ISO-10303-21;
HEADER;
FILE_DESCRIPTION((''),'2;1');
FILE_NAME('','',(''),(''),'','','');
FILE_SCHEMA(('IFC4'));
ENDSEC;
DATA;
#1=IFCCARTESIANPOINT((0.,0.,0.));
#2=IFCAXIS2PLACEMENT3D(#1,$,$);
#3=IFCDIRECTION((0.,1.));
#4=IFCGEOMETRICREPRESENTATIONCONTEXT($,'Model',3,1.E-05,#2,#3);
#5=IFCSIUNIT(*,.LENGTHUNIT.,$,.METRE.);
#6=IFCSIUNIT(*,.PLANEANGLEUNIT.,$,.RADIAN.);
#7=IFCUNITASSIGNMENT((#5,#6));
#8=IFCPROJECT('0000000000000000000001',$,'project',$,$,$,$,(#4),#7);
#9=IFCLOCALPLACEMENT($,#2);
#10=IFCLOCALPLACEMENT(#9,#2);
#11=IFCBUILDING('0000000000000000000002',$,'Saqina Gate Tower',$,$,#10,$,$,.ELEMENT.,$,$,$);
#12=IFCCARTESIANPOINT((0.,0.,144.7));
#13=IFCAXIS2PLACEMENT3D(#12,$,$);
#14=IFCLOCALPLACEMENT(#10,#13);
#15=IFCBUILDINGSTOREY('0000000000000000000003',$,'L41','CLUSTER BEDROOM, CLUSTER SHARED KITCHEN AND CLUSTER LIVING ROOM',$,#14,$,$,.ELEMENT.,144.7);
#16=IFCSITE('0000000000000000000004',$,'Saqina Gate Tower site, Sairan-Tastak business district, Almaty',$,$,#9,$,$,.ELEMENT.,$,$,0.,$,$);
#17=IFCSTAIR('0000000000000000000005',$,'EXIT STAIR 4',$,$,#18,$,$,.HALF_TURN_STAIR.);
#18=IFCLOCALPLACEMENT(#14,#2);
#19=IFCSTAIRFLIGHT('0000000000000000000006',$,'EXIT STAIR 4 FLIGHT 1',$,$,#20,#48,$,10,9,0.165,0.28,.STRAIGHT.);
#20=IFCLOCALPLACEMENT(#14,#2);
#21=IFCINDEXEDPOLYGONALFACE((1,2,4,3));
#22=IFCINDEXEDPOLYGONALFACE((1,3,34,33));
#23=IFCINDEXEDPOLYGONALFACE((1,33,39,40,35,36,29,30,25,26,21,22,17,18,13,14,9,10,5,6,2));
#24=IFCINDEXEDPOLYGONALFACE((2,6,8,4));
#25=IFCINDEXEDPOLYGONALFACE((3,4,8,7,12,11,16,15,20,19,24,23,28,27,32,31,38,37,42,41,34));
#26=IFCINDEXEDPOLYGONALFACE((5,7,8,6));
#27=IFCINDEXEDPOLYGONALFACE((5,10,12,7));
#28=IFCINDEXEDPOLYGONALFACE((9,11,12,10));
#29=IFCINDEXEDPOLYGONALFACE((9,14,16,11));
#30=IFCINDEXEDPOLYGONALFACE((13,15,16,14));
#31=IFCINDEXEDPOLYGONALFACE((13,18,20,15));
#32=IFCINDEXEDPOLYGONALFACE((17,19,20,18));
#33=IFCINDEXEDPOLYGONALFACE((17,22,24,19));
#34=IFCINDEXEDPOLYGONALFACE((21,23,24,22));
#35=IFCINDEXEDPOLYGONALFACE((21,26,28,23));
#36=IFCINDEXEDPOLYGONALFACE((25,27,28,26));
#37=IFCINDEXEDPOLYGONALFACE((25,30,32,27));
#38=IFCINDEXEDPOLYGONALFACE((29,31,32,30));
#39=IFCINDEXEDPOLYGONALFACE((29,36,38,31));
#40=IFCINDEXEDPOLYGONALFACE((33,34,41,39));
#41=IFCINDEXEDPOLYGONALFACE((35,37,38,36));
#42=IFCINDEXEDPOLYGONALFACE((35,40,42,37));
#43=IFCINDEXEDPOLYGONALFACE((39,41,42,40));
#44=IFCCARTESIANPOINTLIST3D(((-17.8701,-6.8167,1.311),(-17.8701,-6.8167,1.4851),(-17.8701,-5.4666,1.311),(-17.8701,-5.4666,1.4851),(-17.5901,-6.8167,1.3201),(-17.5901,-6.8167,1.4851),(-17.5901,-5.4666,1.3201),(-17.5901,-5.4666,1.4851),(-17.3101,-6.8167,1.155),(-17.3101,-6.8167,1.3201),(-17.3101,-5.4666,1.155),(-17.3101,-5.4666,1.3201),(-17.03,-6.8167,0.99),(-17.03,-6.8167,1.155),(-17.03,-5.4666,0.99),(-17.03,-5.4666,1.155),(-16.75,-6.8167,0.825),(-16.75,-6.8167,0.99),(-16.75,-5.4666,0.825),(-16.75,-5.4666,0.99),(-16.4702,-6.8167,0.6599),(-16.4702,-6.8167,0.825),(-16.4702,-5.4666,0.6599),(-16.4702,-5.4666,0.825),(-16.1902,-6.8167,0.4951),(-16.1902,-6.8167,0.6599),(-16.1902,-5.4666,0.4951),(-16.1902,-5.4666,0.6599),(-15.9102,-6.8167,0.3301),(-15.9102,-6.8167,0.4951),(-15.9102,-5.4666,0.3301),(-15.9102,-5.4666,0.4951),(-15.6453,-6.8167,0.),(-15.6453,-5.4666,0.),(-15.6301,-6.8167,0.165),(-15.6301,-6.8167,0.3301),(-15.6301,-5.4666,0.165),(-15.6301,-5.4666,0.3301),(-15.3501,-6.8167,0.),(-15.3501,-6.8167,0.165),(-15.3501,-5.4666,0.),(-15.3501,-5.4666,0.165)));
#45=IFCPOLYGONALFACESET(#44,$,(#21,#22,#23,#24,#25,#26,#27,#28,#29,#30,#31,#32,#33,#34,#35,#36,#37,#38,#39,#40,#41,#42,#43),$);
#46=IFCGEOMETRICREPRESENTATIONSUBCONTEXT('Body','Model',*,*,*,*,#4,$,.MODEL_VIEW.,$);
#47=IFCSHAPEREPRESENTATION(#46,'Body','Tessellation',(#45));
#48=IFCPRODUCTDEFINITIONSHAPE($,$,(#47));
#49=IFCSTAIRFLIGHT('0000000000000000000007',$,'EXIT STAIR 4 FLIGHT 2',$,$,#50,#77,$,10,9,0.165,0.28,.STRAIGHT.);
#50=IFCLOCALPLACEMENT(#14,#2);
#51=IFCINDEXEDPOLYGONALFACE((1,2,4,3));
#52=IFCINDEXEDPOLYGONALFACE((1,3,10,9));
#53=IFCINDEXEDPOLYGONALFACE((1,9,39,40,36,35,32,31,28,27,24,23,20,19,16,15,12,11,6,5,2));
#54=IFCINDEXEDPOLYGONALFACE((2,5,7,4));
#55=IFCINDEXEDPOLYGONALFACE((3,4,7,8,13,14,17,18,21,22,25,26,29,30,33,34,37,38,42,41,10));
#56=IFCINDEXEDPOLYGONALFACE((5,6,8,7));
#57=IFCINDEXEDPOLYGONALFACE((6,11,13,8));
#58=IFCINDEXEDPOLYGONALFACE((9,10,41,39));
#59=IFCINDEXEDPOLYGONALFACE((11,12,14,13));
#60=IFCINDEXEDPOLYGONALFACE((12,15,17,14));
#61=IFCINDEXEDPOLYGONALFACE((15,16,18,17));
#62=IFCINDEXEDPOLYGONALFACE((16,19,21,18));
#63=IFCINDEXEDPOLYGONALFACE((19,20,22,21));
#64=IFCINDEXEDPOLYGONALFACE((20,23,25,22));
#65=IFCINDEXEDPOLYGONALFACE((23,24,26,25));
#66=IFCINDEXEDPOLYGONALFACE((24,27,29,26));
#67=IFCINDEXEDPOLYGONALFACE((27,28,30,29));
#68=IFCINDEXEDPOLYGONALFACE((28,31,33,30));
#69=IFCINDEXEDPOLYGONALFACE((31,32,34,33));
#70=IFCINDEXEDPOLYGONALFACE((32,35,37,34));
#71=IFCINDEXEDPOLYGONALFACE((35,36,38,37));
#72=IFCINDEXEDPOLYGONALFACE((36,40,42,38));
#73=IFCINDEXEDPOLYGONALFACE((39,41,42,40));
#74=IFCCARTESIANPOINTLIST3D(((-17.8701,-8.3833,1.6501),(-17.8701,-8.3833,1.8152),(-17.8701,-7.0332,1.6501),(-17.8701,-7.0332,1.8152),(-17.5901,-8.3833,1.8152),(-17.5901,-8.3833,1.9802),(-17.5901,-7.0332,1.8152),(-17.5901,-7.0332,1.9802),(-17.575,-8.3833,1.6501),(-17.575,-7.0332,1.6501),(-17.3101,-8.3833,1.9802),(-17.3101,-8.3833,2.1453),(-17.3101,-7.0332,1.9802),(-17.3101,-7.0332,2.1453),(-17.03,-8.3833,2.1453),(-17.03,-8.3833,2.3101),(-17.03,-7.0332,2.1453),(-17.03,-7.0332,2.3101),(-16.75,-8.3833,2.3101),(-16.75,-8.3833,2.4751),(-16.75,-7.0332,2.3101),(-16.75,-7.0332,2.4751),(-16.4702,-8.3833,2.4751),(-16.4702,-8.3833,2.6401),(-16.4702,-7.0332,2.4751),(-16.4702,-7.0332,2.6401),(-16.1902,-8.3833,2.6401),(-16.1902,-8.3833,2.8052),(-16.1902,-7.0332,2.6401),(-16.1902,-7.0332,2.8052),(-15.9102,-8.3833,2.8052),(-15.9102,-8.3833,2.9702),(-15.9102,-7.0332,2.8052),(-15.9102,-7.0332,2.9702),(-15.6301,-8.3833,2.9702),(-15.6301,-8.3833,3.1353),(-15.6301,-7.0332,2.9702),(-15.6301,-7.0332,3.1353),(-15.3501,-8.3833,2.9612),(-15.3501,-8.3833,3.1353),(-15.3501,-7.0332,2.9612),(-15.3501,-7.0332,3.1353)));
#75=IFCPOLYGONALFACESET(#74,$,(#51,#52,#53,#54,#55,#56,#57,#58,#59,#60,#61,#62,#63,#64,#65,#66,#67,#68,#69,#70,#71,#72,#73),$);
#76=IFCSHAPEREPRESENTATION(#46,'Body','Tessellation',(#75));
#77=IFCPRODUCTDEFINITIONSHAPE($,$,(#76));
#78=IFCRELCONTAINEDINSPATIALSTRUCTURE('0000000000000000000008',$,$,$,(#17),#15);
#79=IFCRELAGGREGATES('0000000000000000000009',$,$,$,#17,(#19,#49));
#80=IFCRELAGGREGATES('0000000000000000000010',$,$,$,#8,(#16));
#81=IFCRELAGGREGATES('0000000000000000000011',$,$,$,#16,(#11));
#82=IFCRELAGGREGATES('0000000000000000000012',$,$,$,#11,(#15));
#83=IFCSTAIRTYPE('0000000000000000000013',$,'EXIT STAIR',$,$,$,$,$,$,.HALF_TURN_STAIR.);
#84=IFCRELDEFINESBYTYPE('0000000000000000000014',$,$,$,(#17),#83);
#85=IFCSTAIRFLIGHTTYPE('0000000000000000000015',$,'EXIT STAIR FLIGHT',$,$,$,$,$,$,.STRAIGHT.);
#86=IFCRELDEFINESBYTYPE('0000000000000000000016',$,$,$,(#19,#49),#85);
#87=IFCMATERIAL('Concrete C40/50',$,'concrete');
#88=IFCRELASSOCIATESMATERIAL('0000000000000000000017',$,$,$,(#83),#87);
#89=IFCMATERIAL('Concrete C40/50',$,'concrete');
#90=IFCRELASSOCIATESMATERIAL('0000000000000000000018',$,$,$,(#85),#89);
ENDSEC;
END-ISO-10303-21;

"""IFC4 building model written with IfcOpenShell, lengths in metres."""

from ifc_helpers import new_model, si_unit, direction, frame, origin, place, context, subcontext, project, spatial, polyline, outline, extrude, material, type_object, element, aggregate, save


model = new_model("IFC4")

# Units and contexts
model_context = context("Model", 3, precision=1e-05, world=origin(), true_north=direction((0.0, 1.0)))
body_context = subcontext(model_context, "Body", "Model", "MODEL_VIEW")
ifc_project = project(units=[si_unit("LENGTHUNIT", "METRE"), si_unit("PLANEANGLEUNIT", "RADIAN")], contexts=[model_context])

# Site, building, storey
site_placement = place(None, origin())
site = spatial("IfcSite", under=ifc_project, at=site_placement, Name="Saqina Gate Tower site, Sairan-Tastak business district, Almaty", CompositionType="ELEMENT", RefElevation=0.0)
building_placement = place(site_placement, origin())
building = spatial("IfcBuilding", under=site, at=building_placement, Name="Saqina Gate Tower", CompositionType="ELEMENT")
storey_placement = place(building_placement, frame((0.0, 0.0, 144.7)))
storey = spatial("IfcBuildingStorey", under=building, at=storey_placement, Name="L41", Description="CLUSTER BEDROOM, CLUSTER SHARED KITCHEN AND CLUSTER LIVING ROOM", CompositionType="ELEMENT", Elevation=144.7)

# Stair, stair flights
ifc_material_1 = material(Name="Concrete C40/50", Category="concrete")
stair_type = type_object("IfcStairType", Name="EXIT STAIR", PredefinedType="HALF_TURN_STAIR", material=ifc_material_1)
stair_placement = place(storey_placement, origin())
stair = element("IfcStair", 1, at=stair_placement, inside=storey, type_object=stair_type, Name="EXIT STAIR 4", PredefinedType="HALF_TURN_STAIR")
ifc_material_2 = material(Name="Concrete C40/50", Category="concrete")
stair_flight_type = type_object("IfcStairFlightType", Name="EXIT STAIR FLIGHT", PredefinedType="STRAIGHT", material=ifc_material_2)
stair_flight_1_placement = place(storey_placement, frame((-15.3501, -6.1416, 0.0), z_axis=(0.0, 0.0, 1.0), x_axis=(-1.0, 0.0, 0.0)))
stair_flight_1 = element("IfcStairFlight", 2, at=stair_flight_1_placement, type_object=stair_flight_type, Name="EXIT STAIR 4 FLIGHT 1", NumberOfRisers=10, NumberOfTreads=9, PredefinedType="STRAIGHT", RiserHeight=0.165, TreadLength=0.28, context=body_context, shape_type="SweptSolid", body=[
    extrude(outline(polyline([(0.0, 0.0), (0.0, 0.165), (0.28, 0.165), (0.28, 0.3301), (0.5601, 0.3301), (0.5601, 0.4951), (0.8401, 0.4951), (0.8401, 0.6599), (1.1201, 0.6599), (1.1201, 0.825), (1.3999, 0.825), (1.3999, 0.99), (1.6799, 0.99), (1.6799, 1.155), (1.96, 1.155), (1.96, 1.3201), (2.24, 1.3201), (2.24, 1.4851), (2.52, 1.4851), (2.52, 1.6499), (2.52, 1.311), (0.2952, 0.0), (0.0, 0.0)])), frame((0.0, 0.675, 0.0), z_axis=(0.0, -1.0, 0.0), x_axis=(1.0, 0.0, 0.0)), (0.0, 0.0, 1.0), 1.3501),
])
stair_flight_2_placement = place(storey_placement, frame((-17.8701, -7.7083, 1.6501), z_axis=(0.0, 0.0, 1.0), x_axis=(1.0, 0.0, 0.0)))
stair_flight_2 = element("IfcStairFlight", 3, at=stair_flight_2_placement, type_object=stair_flight_type, Name="EXIT STAIR 4 FLIGHT 2", NumberOfRisers=10, NumberOfTreads=9, PredefinedType="STRAIGHT", RiserHeight=0.165, TreadLength=0.28, context=body_context, shape_type="SweptSolid", body=[
    extrude(outline(polyline([(0.0, 0.0), (0.0, 0.165), (0.28, 0.165), (0.28, 0.3301), (0.5601, 0.3301), (0.5601, 0.4951), (0.8401, 0.4951), (0.8401, 0.6599), (1.1201, 0.6599), (1.1201, 0.825), (1.3999, 0.825), (1.3999, 0.99), (1.6799, 0.99), (1.6799, 1.155), (1.96, 1.155), (1.96, 1.3201), (2.24, 1.3201), (2.24, 1.4851), (2.52, 1.4851), (2.52, 1.6499), (2.52, 1.311), (0.2952, 0.0), (0.0, 0.0)])), frame((0.0, 0.675, 0.0), z_axis=(0.0, -1.0, 0.0), x_axis=(1.0, 0.0, 0.0)), (0.0, 0.0, 1.0), 1.3501),
])
aggregate(stair, [stair_flight_1, stair_flight_2])

save(model, "model.ifc")
